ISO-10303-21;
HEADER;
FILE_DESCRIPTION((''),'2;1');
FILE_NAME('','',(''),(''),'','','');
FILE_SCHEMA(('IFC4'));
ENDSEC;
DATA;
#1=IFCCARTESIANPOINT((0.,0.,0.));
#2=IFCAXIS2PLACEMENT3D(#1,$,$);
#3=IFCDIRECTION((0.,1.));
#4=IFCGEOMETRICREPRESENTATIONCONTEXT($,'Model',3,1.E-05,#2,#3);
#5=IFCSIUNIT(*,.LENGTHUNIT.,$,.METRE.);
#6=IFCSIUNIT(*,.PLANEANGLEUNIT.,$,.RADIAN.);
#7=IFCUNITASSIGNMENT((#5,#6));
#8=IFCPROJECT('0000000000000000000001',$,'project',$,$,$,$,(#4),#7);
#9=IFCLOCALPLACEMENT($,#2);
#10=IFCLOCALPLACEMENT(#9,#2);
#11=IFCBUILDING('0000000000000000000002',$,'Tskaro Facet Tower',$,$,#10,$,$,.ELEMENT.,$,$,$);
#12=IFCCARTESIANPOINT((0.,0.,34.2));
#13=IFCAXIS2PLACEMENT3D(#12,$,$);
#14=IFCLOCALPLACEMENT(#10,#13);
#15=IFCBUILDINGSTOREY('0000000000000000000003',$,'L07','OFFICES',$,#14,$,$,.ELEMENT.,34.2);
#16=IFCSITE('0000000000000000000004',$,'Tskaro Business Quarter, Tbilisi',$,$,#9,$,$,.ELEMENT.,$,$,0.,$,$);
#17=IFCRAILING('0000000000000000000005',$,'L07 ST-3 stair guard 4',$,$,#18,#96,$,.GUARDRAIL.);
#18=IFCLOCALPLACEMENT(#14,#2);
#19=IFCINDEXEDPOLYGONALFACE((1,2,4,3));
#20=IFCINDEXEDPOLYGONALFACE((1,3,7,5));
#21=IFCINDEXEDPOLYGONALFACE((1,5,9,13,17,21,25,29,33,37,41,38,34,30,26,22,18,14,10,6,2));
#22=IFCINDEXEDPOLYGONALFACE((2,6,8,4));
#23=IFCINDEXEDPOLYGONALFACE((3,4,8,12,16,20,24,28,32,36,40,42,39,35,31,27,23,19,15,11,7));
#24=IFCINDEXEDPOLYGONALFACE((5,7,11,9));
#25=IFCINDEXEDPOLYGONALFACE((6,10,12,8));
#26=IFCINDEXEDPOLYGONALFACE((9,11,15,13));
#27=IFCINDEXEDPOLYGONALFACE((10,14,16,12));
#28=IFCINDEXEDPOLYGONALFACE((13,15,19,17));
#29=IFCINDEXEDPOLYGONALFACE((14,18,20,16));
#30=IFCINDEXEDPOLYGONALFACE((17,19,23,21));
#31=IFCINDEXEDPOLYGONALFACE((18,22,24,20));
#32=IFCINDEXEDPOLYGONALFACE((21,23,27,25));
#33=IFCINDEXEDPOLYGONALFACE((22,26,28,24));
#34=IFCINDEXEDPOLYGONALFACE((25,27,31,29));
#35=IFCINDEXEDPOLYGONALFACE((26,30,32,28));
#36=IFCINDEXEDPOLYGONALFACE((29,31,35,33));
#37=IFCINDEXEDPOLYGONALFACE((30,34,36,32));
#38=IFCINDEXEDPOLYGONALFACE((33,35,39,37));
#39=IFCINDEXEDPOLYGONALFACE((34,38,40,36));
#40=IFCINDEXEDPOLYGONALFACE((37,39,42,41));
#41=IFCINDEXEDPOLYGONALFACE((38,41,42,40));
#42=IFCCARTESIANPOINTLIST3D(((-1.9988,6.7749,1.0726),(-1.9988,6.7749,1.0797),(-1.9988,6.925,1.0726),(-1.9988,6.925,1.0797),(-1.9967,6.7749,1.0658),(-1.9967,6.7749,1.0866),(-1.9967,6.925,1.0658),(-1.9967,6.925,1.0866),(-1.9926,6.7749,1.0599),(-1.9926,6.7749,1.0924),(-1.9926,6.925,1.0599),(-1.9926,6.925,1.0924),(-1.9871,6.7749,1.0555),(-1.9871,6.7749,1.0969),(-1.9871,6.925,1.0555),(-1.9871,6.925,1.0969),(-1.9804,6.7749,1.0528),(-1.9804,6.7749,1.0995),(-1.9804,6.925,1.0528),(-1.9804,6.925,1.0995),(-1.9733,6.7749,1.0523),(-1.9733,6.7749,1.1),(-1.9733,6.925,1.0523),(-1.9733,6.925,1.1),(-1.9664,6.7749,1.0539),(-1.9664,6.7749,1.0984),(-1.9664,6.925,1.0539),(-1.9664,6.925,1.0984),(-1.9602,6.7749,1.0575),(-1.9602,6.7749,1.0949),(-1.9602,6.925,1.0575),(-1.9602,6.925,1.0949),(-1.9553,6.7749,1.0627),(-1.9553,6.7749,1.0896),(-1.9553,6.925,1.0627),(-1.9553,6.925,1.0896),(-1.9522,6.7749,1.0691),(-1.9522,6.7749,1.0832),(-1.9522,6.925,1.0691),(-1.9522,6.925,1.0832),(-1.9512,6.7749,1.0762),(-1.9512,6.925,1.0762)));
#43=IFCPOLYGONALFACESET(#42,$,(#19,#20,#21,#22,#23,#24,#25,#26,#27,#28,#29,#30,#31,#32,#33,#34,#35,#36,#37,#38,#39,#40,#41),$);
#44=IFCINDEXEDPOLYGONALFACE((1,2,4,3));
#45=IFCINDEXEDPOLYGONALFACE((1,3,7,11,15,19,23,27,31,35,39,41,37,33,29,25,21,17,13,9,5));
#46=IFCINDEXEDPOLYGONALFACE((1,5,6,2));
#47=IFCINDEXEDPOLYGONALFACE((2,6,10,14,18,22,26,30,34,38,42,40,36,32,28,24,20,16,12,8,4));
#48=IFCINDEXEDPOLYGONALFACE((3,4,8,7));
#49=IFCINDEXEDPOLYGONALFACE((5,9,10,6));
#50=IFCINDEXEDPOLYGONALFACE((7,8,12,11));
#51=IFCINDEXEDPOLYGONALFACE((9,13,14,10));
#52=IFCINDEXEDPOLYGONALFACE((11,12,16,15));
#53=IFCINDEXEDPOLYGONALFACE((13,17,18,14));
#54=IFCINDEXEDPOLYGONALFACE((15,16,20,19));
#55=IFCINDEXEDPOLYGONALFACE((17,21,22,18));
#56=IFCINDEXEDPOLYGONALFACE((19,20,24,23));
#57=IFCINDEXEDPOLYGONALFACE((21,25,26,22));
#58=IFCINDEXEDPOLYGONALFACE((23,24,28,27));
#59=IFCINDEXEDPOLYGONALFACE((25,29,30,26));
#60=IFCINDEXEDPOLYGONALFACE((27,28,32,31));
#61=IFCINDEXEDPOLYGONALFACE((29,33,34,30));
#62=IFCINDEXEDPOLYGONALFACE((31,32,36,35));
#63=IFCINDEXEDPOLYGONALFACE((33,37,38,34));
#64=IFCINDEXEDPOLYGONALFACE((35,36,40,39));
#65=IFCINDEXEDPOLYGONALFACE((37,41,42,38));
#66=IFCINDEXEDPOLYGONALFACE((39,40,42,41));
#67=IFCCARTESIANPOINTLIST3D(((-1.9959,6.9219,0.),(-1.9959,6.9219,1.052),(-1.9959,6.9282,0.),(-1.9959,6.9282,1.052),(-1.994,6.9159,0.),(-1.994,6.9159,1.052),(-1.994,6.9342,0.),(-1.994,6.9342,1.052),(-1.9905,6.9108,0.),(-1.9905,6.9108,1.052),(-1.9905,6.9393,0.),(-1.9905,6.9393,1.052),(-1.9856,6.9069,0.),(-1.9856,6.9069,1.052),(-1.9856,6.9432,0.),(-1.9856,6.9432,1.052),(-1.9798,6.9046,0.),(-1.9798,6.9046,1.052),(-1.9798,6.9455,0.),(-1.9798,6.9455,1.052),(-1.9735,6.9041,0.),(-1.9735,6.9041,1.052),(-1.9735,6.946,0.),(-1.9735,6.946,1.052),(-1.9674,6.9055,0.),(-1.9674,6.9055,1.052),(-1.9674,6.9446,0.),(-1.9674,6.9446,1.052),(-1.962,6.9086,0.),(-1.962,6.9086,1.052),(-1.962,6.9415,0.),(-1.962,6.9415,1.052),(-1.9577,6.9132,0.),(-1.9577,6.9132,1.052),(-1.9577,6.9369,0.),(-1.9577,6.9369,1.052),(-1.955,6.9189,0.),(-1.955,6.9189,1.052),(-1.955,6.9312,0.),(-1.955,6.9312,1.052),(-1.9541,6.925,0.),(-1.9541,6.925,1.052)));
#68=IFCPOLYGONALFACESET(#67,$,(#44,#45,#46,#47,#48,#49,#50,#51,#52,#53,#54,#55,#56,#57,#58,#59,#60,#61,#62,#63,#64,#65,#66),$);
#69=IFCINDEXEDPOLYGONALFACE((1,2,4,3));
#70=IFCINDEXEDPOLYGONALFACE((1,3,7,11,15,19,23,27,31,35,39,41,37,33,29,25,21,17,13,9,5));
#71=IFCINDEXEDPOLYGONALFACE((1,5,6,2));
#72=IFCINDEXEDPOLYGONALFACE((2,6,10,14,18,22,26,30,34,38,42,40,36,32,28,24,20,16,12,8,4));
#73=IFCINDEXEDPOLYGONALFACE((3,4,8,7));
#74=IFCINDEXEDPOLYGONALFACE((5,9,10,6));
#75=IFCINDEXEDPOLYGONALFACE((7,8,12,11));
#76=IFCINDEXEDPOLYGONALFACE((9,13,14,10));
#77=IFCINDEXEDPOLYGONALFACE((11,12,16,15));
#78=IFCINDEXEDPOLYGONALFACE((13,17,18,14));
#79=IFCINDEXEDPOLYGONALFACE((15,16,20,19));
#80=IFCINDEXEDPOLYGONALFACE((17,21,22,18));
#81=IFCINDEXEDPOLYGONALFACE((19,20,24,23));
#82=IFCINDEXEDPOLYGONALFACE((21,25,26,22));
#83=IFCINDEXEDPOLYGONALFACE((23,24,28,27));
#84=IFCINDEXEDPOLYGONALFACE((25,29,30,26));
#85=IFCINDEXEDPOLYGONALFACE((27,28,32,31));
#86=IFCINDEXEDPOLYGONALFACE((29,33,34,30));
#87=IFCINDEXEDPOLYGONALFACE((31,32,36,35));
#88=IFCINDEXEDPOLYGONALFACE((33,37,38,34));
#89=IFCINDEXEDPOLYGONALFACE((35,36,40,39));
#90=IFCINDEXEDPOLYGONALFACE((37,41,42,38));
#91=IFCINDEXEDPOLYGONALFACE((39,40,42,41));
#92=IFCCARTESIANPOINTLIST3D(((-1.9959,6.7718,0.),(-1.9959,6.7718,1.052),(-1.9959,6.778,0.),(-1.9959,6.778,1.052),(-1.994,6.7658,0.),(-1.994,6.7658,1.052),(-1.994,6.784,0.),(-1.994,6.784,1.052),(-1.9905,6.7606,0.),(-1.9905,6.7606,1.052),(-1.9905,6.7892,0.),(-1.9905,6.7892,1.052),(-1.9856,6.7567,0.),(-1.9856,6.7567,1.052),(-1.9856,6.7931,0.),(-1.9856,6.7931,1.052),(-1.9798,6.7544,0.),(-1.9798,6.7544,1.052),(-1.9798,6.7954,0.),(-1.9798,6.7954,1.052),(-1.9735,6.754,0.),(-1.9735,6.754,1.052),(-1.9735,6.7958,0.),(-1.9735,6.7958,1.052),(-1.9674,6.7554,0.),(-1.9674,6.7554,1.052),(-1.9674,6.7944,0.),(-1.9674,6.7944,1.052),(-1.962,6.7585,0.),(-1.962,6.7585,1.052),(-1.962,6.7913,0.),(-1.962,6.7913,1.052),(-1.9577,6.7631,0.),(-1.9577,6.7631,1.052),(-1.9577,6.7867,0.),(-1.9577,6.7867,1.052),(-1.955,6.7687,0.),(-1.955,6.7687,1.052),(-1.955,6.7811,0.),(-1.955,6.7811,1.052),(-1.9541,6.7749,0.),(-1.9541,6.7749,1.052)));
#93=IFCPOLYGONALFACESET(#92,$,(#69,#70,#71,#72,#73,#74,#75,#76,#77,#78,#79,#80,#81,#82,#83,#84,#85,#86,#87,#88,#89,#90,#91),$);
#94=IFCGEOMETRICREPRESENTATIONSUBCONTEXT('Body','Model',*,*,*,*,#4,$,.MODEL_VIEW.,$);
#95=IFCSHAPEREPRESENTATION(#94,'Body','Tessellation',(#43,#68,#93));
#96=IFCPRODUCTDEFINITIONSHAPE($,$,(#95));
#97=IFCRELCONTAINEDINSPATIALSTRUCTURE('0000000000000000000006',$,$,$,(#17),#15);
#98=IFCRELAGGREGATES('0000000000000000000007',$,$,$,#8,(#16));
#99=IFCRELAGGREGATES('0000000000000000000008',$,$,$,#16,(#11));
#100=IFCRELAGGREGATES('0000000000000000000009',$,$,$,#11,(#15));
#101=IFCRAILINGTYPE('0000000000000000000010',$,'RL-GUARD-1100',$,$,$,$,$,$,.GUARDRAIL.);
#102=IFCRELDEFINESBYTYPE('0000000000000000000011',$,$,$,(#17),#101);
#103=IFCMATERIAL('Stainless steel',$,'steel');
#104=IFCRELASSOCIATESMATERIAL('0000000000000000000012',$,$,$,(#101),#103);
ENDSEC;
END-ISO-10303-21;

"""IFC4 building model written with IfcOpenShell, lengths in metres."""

from ifc_helpers import new_model, si_unit, direction, frame, origin, origin_2d, place, context, subcontext, project, spatial, circle, extrude, material, type_object, element, save


model = new_model("IFC4")

# Units and contexts
model_context = context("Model", 3, precision=1e-05, world=origin(), true_north=direction((0.0, 1.0)))
body_context = subcontext(model_context, "Body", "Model", "MODEL_VIEW")
ifc_project = project(units=[si_unit("LENGTHUNIT", "METRE"), si_unit("PLANEANGLEUNIT", "RADIAN")], contexts=[model_context])

# Site, building, storey
site_placement = place(None, origin())
site = spatial("IfcSite", under=ifc_project, at=site_placement, Name="Tskaro Business Quarter, Tbilisi", CompositionType="ELEMENT", RefElevation=0.0)
building_placement = place(site_placement, origin())
building = spatial("IfcBuilding", under=site, at=building_placement, Name="Tskaro Facet Tower", CompositionType="ELEMENT")
storey_placement = place(building_placement, frame((0.0, 0.0, 34.2)))
storey = spatial("IfcBuildingStorey", under=building, at=storey_placement, Name="L07", Description="OFFICES", CompositionType="ELEMENT", Elevation=34.2)

# Railing
ifc_material_1 = material(Name="Stainless steel", Category="steel")
railing_type_1 = type_object("IfcRailingType", Name="RL-GUARD-1100", PredefinedType="GUARDRAIL", material=ifc_material_1)
railing_1_placement = place(storey_placement, frame((-1.9751, 6.925, 0.0)))
element("IfcRailing", 1, at=railing_1_placement, inside=storey, type_object=railing_type_1, Name="L07 ST-3 stair guard 4", PredefinedType="GUARDRAIL", context=body_context, shape_type="SweptSolid", body=[
    extrude(circle(Radius=0.0239, at=origin_2d()), frame((0.0, 0.0, 1.0762), z_axis=(0.0, -1.0, 0.0), x_axis=(1.0, 0.0, 0.0)), (0.0, 0.0, 1.0), 0.1501),
    extrude(circle(Radius=0.021, at=origin_2d()), origin(), (0.0, 0.0, 1.0), 1.052),
    extrude(circle(Radius=0.021, at=origin_2d()), frame((0.0, -0.1501, 0.0)), (0.0, 0.0, 1.0), 1.052),
])

save(model, "model.ifc")
